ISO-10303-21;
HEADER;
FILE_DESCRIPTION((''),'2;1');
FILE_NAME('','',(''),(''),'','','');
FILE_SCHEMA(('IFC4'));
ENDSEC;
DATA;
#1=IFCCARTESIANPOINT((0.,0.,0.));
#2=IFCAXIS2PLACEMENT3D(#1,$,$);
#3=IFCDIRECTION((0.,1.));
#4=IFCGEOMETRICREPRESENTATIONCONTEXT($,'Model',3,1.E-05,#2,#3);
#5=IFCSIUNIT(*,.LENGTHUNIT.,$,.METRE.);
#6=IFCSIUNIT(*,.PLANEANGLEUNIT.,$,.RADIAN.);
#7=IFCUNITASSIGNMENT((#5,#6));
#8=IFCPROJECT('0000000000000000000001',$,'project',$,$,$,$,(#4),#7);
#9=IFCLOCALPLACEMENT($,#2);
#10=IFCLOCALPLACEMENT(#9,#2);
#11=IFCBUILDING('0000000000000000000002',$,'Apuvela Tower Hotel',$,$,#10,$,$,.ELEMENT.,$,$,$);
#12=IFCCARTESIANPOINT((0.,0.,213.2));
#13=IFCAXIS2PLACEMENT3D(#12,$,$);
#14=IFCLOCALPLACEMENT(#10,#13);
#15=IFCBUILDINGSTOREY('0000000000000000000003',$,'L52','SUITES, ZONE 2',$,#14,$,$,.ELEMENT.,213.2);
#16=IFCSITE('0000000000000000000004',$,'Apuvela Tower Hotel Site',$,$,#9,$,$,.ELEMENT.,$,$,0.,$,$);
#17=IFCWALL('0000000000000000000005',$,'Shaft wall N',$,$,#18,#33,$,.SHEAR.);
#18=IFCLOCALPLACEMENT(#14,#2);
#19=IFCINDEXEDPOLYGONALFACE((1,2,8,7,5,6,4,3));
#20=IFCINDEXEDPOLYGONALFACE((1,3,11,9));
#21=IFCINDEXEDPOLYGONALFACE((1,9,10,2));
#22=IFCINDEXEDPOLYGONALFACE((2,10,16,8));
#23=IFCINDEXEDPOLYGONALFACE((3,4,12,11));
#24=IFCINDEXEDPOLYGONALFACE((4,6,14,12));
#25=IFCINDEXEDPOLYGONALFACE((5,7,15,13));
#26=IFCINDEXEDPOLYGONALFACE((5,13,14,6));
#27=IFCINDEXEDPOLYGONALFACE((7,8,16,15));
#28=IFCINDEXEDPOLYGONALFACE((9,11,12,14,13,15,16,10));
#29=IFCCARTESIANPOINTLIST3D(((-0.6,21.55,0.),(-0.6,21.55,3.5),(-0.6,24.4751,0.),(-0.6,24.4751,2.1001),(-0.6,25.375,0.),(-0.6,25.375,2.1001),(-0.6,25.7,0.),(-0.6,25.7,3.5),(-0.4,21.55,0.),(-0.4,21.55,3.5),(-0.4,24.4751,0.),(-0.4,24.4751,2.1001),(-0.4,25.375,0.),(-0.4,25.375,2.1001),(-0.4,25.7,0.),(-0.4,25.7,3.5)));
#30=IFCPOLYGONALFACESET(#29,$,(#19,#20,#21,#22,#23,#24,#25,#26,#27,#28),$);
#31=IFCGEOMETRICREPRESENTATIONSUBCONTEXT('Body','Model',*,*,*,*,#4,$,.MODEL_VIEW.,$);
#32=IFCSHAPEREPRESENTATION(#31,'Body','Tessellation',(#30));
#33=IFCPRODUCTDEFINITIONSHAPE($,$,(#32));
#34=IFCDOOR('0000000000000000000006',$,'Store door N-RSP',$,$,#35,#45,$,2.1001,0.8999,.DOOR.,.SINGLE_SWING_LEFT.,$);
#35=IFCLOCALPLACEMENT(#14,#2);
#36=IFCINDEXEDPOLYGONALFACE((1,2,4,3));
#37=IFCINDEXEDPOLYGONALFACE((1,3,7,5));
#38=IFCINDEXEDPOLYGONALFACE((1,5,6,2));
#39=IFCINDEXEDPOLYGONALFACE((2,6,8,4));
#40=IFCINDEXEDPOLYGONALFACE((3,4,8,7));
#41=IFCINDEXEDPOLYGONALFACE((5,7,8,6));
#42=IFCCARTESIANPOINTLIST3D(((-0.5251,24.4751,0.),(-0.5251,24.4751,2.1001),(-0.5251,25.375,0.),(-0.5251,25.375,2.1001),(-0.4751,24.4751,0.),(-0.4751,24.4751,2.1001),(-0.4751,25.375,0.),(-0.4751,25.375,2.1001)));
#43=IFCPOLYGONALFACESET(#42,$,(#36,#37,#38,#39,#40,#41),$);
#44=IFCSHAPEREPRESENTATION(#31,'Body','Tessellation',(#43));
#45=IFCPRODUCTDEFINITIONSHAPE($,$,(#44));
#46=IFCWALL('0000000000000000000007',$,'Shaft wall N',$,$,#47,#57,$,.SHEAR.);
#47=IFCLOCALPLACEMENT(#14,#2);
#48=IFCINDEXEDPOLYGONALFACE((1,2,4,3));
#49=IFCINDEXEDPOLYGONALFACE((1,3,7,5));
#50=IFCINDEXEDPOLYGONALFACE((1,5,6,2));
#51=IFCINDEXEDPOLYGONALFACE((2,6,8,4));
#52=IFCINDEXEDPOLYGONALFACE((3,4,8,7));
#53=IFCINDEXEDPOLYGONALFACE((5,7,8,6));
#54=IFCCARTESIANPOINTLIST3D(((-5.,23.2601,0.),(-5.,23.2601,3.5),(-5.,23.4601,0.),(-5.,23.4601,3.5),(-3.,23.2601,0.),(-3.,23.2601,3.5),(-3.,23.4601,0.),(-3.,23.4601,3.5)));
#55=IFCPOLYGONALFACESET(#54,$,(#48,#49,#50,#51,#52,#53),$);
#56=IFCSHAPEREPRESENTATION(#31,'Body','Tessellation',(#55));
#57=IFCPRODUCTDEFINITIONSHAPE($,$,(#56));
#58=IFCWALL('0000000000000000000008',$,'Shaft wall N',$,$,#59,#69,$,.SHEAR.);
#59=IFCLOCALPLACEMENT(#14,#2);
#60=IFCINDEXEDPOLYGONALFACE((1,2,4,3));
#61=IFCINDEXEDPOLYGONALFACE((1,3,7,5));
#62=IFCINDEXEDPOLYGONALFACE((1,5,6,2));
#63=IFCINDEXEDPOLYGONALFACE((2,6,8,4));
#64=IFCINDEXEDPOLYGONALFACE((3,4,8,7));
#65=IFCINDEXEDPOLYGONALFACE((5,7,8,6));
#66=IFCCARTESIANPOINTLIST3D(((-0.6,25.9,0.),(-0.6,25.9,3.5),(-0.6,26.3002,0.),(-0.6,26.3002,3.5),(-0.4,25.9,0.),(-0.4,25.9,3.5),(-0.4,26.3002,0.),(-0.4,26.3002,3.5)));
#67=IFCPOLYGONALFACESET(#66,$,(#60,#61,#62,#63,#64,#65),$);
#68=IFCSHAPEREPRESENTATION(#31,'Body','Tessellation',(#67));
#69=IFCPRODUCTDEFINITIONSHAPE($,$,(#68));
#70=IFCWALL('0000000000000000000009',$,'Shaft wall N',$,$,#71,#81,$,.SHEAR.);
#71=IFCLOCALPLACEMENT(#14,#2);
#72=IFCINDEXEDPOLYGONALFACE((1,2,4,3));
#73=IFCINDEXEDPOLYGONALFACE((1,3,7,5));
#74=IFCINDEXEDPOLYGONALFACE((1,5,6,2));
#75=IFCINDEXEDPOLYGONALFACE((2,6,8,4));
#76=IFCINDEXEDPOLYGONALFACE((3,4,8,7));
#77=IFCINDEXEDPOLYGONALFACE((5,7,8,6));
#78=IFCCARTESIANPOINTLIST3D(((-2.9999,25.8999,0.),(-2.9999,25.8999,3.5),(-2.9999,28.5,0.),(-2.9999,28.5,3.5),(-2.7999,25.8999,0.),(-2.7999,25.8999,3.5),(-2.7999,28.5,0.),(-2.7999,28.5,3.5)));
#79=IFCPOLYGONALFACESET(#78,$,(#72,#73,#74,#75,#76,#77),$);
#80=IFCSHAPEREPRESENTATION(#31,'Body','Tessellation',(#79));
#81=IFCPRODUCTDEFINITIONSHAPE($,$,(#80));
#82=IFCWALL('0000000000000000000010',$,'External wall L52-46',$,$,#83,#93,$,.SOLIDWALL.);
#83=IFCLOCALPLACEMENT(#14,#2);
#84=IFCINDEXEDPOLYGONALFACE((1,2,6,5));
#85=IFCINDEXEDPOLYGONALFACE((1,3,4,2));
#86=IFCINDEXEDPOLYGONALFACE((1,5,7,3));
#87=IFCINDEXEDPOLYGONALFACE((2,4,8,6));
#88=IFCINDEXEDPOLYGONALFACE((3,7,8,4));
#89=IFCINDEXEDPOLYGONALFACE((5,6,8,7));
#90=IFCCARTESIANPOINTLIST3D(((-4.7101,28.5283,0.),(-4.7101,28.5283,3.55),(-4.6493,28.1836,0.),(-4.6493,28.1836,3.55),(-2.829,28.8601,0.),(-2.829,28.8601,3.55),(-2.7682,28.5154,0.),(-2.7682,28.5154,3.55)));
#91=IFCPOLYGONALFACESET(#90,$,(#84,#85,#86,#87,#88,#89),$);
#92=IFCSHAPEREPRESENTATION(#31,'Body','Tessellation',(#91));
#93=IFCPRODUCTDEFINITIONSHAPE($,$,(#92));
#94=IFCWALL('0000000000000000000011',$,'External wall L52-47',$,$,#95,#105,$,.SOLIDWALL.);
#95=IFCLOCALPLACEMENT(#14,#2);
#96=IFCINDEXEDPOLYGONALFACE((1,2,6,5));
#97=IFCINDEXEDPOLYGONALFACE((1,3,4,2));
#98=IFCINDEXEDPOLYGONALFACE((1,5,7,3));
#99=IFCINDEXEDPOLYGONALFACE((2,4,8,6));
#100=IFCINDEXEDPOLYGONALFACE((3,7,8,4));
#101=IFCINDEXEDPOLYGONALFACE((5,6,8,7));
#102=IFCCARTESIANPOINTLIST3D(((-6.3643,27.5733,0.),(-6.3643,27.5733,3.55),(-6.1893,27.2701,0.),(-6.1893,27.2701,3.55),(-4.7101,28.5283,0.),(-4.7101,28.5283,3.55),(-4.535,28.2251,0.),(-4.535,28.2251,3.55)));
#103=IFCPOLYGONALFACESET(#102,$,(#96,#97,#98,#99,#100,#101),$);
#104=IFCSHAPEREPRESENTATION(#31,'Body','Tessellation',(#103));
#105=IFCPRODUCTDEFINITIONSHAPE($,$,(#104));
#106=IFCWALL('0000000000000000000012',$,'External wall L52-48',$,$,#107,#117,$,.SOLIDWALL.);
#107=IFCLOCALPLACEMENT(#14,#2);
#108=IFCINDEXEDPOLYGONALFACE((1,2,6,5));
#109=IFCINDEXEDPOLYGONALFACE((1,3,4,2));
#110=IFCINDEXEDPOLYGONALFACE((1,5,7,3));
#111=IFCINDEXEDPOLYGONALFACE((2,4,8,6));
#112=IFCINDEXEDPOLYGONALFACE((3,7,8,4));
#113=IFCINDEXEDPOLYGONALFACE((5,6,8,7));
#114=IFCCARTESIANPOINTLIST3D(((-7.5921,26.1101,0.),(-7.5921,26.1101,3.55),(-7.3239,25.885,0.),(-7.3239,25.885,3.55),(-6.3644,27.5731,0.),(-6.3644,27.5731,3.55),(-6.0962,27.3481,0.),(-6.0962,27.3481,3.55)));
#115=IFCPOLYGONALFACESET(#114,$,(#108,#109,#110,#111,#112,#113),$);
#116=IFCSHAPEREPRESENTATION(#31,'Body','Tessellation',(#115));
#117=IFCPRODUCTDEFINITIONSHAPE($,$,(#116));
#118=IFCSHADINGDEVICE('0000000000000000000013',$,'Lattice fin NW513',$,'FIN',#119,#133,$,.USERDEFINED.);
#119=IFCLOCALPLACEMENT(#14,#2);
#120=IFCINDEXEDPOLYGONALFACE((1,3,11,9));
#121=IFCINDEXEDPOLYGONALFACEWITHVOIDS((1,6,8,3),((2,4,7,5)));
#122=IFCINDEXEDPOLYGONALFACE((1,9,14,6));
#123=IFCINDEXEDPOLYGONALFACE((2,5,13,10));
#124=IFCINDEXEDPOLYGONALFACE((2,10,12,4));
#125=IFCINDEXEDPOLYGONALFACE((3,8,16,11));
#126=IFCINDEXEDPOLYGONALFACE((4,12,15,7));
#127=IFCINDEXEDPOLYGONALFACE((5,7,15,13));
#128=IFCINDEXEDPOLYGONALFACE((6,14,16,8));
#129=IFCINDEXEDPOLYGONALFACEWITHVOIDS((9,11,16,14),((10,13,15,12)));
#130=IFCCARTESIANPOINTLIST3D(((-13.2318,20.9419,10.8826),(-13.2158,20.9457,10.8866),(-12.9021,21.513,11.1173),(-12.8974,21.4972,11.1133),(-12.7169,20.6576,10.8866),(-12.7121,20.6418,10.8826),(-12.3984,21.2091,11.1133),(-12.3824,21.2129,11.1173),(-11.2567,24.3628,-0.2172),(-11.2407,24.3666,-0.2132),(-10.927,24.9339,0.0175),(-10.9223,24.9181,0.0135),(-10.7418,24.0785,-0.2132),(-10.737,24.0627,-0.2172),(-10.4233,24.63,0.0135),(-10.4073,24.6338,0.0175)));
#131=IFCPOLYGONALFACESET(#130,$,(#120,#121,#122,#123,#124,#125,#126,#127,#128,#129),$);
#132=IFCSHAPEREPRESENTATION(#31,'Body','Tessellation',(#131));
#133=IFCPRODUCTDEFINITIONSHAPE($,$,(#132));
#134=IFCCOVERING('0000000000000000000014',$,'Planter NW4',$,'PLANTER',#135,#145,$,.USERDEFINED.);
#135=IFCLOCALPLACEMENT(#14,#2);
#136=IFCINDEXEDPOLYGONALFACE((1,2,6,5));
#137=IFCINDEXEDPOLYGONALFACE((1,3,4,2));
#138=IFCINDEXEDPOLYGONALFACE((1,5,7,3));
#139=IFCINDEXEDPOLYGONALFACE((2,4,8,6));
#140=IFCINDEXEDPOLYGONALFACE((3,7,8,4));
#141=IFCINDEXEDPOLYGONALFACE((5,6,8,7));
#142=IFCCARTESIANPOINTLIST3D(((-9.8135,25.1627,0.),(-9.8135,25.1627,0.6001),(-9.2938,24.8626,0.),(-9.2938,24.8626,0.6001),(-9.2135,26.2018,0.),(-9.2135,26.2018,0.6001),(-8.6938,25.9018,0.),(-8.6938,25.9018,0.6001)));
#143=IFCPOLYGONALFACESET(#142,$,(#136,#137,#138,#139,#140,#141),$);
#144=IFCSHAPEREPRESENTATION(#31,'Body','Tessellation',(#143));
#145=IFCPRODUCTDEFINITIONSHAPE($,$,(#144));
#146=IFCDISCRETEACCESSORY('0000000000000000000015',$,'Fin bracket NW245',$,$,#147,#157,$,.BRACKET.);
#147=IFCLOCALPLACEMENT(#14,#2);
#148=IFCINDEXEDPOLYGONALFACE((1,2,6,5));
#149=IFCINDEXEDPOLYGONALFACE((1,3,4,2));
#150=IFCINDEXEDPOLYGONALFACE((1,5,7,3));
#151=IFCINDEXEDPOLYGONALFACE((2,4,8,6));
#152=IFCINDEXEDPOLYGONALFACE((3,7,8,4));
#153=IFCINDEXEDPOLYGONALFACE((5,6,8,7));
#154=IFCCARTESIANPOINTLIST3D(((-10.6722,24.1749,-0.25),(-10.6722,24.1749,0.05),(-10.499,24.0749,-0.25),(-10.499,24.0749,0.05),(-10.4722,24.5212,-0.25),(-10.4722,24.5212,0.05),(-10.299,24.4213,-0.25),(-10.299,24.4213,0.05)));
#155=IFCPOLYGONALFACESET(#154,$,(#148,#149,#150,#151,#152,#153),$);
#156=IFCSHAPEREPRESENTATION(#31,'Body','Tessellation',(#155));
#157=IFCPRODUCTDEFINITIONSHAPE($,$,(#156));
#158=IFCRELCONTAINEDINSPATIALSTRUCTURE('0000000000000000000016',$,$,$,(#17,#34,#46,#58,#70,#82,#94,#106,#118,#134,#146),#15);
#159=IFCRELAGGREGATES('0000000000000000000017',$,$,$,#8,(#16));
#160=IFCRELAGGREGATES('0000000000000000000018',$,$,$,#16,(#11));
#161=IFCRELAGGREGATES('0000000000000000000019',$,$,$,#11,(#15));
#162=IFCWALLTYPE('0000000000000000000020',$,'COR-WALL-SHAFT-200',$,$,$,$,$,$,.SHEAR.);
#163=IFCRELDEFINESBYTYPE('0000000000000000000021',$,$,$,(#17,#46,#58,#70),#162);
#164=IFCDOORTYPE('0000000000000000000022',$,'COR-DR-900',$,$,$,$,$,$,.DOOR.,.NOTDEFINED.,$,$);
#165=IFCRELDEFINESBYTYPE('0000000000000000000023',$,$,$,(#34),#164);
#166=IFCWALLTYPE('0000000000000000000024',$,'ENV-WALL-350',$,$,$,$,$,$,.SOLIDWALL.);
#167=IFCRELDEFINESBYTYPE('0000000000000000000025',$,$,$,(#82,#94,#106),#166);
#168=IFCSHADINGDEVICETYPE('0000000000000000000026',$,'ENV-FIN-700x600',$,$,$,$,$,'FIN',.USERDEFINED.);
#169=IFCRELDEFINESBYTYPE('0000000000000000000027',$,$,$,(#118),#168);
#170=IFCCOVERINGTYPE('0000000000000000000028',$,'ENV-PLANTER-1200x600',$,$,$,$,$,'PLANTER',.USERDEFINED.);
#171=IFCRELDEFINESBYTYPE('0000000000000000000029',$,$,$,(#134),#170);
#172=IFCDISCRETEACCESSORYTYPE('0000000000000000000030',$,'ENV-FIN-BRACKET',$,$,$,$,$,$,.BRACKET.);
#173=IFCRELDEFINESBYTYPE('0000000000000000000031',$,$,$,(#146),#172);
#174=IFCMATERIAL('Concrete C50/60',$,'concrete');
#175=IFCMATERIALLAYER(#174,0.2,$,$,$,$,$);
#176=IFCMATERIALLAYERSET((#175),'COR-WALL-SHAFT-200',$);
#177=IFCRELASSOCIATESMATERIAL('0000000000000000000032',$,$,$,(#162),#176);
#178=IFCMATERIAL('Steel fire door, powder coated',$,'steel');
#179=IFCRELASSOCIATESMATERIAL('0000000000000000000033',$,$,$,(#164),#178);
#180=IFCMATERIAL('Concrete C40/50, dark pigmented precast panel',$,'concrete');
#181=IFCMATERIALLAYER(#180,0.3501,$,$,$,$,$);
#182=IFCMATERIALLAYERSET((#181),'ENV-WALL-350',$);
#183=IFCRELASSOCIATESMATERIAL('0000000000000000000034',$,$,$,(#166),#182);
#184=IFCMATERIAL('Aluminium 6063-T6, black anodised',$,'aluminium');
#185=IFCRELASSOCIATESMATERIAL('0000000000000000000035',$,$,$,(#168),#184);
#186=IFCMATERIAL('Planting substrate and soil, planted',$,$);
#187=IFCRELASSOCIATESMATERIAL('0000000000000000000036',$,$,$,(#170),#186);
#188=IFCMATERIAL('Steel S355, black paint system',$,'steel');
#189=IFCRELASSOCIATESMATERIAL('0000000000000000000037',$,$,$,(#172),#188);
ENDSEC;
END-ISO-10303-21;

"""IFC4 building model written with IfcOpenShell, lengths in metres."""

from ifc_helpers import new_model, si_unit, direction, frame, frame_2d, origin, origin_2d, place, context, subcontext, project, spatial, rectangle, hollow_rectangle, extrude, material, layer, layer_set, material_profile, profile_set, type_object, element, fill, save


model = new_model("IFC4")

# Units and contexts
model_context = context("Model", 3, precision=1e-05, world=origin(), true_north=direction((0.0, 1.0)))
body_context = subcontext(model_context, "Body", "Model", "MODEL_VIEW")
ifc_project = project(units=[si_unit("LENGTHUNIT", "METRE"), si_unit("PLANEANGLEUNIT", "RADIAN")], contexts=[model_context])

# Site, building, storey
site_placement = place(None, origin())
site = spatial("IfcSite", under=ifc_project, at=site_placement, Name="Apuvela Tower Hotel Site", CompositionType="ELEMENT", RefElevation=0.0)
building_placement = place(site_placement, origin())
building = spatial("IfcBuilding", under=site, at=building_placement, Name="Apuvela Tower Hotel", CompositionType="ELEMENT")
storey_placement = place(building_placement, frame((0.0, 0.0, 213.2)))
storey = spatial("IfcBuildingStorey", under=building, at=storey_placement, Name="L52", Description="SUITES, ZONE 2", CompositionType="ELEMENT", Elevation=213.2)

# Shared definitions
ifc_material_1 = material(Name="Concrete C50/60", Category="concrete")
ifc_layer_1 = layer(ifc_material_1, 0.2)
ifc_layer_set_1 = layer_set([ifc_layer_1], Name="COR-WALL-SHAFT-200")
wall_type_1 = type_object("IfcWallType", Name="COR-WALL-SHAFT-200", PredefinedType="SHEAR", material=ifc_layer_set_1)

# Wall, opening, door
wall_1_placement = place(storey_placement, frame((-0.5, 21.55, 0.0), z_axis=(0.0, 0.0, 1.0), x_axis=(0.0, 1.0, 0.0)))
wall_1 = element("IfcWall", 1, at=wall_1_placement, inside=storey, type_object=wall_type_1, Name="Shaft wall N", PredefinedType="SHEAR", context=body_context, shape_type="SweptSolid", body=[
    extrude(rectangle(XDim=4.1499, YDim=0.2, at=frame_2d((2.075, 0.0))), origin(), (0.0, 0.0, 1.0), 3.5),
])
opening_1_placement = place(wall_1_placement, frame((2.925, 0.0, 0.0)))
opening_1 = element("IfcOpeningElement", 2, at=opening_1_placement, cuts=wall_1, PredefinedType="OPENING", context=body_context, shape_type="SweptSolid", body=[
    extrude(rectangle(XDim=0.8999, YDim=2.1001, at=frame_2d((0.45, 1.05))), frame((0.0, 0.1099, 0.0), z_axis=(0.0, -1.0, 0.0), x_axis=(1.0, 0.0, 0.0)), (0.0, 0.0, 1.0), 0.22),
])
ifc_material_2 = material(Name="Steel fire door, powder coated", Category="steel")
door_type_1 = type_object("IfcDoorType", Name="COR-DR-900", OperationType="NOTDEFINED", PredefinedType="DOOR", material=ifc_material_2)
door_1_placement = place(opening_1_placement, frame((0.8999, 0.0, 0.0), z_axis=(0.0, 0.0, 1.0), x_axis=(-1.0, 0.0, 0.0)))
door_1 = element("IfcDoor", 3, at=door_1_placement, inside=storey, type_object=door_type_1, Name="Store door N-RSP", OperationType="SINGLE_SWING_LEFT", OverallHeight=2.1001, OverallWidth=0.8999, PredefinedType="DOOR", context=body_context, shape_type="SweptSolid", body=[
    extrude(rectangle(XDim=0.8999, YDim=2.1001, at=frame_2d((0.45, 1.05))), frame((0.0, 0.0249, 0.0), z_axis=(0.0, -1.0, 0.0), x_axis=(1.0, 0.0, 0.0)), (0.0, 0.0, 1.0), 0.05),
])
fill(opening_1, door_1)

# Walls
wall_2_placement = place(storey_placement, frame((-3.0, 23.3601, 0.0), z_axis=(0.0, 0.0, 1.0), x_axis=(-1.0, 0.0, 0.0)))
element("IfcWall", 4, at=wall_2_placement, inside=storey, type_object=wall_type_1, Name="Shaft wall N", PredefinedType="SHEAR", context=body_context, shape_type="SweptSolid", body=[
    extrude(rectangle(XDim=2.0, YDim=0.2, at=frame_2d((1.0, 0.0))), origin(), (0.0, 0.0, 1.0), 3.5),
])
wall_3_placement = place(storey_placement, frame((-0.5, 25.8999, 0.0), z_axis=(0.0, 0.0, 1.0), x_axis=(0.0, 1.0, 0.0)))
element("IfcWall", 5, at=wall_3_placement, inside=storey, type_object=wall_type_1, Name="Shaft wall N", PredefinedType="SHEAR", context=body_context, shape_type="SweptSolid", body=[
    extrude(rectangle(XDim=0.4001, YDim=0.2, at=frame_2d((0.2002, 0.0))), origin(), (0.0, 0.0, 1.0), 3.5),
])
wall_4_placement = place(storey_placement, frame((-2.8999, 25.8999, 0.0), z_axis=(0.0, 0.0, 1.0), x_axis=(0.0, 1.0, 0.0)))
element("IfcWall", 6, at=wall_4_placement, inside=storey, type_object=wall_type_1, Name="Shaft wall N", PredefinedType="SHEAR", context=body_context, shape_type="SweptSolid", body=[
    extrude(rectangle(XDim=2.6001, YDim=0.2, at=frame_2d((1.3, 0.0))), origin(), (0.0, 0.0, 1.0), 3.5),
])

# Shared definitions
ifc_material_3 = material(Name="Concrete C40/50, dark pigmented precast panel", Category="concrete")
ifc_layer_2 = layer(ifc_material_3, 0.3501)
ifc_layer_set_2 = layer_set([ifc_layer_2], Name="ENV-WALL-350")
wall_type_2 = type_object("IfcWallType", Name="ENV-WALL-350", PredefinedType="SOLIDWALL", material=ifc_layer_set_2)

# Walls
for number, where, z_axis, x_axis, name in (
    (7, (-2.7986, 28.6877, 0.0), (0.0, 0.0, 1.0), (-0.984799, -0.173698, 0.0), "External wall L52-46"),
    (8, (-4.6226, 28.3767, 0.0), (0.0, 0.0, 1.0), (-0.866032, -0.499988, 0.0), "External wall L52-47"),
):
    element("IfcWall", number, at=place(storey_placement, frame(where, z_axis=z_axis, x_axis=x_axis)), inside=storey, type_object=wall_type_2, Name=name, PredefinedType="SOLIDWALL", context=body_context, shape_type="SweptSolid", body=[
        extrude(rectangle(XDim=1.9102, YDim=0.3501, at=frame_2d((0.9551, 0.0))), origin(), (0.0, 0.0, 1.0), 3.55),
    ])
wall_5_placement = place(storey_placement, frame((-6.2302, 27.4607, 0.0), z_axis=(0.0, 0.0, 1.0), x_axis=(-0.642808, -0.766027, 0.0)))
element("IfcWall", 9, at=wall_5_placement, inside=storey, type_object=wall_type_2, Name="External wall L52-48", PredefinedType="SOLIDWALL", context=body_context, shape_type="SweptSolid", body=[
    extrude(rectangle(XDim=1.9099, YDim=0.3501, at=frame_2d((0.9551, 0.0))), origin(), (0.0, 0.0, 1.0), 3.55),
])

# Shading device
ifc_material_4 = material(Name="Aluminium 6063-T6, black anodised", Category="aluminium")
ifc_material_profile_1 = material_profile(ifc_material_4, hollow_rectangle(XDim=0.6001, YDim=0.7, WallThickness=0.012, at=origin_2d()), Name="AL BOX 700x600x12")
ifc_profile_set_1 = profile_set([ifc_material_profile_1], Name="Aluminium 6063-T6, black anodised")
shading_device_type = type_object("IfcShadingDeviceType", Name="ENV-FIN-700x600", ElementType="FIN", PredefinedType="USERDEFINED", material=ifc_profile_set_1)
shading_device_placement = place(storey_placement, frame((-10.832, 24.4983, -0.0999), z_axis=(-0.16764, -0.290355, 0.94212), x_axis=(0.866021, -0.500008, 0.0)))
element("IfcShadingDevice", 10, at=shading_device_placement, inside=storey, type_object=shading_device_type, Name="Lattice fin NW513", ObjectType="FIN", PredefinedType="USERDEFINED", context=body_context, shape_type="SweptSolid", body=[
    extrude(hollow_rectangle(XDim=0.6001, YDim=0.7, WallThickness=0.012, at=origin_2d()), origin(), (0.0, 0.0, 1.0), 11.7817),
])

# Covering
ifc_material_5 = material(Name="Planting substrate and soil, planted")
covering_type = type_object("IfcCoveringType", Name="ENV-PLANTER-1200x600", ElementType="PLANTER", PredefinedType="USERDEFINED", material=ifc_material_5)
covering_placement = place(storey_placement, frame((-9.2537, 25.5322, 0.0), z_axis=(0.0, 0.0, 1.0), x_axis=(-0.5, -0.866025, 0.0)))
element("IfcCovering", 11, at=covering_placement, inside=storey, type_object=covering_type, Name="Planter NW4", ObjectType="PLANTER", PredefinedType="USERDEFINED", context=body_context, shape_type="SweptSolid", body=[
    extrude(rectangle(XDim=1.2, YDim=0.6001, at=origin_2d()), origin(), (0.0, 0.0, 1.0), 0.6001),
])

# Discrete accessory
ifc_material_6 = material(Name="Steel S355, black paint system", Category="steel")
discrete_accessory_type = type_object("IfcDiscreteAccessoryType", Name="ENV-FIN-BRACKET", PredefinedType="BRACKET", material=ifc_material_6)
discrete_accessory_placement = place(storey_placement, frame((-10.4856, 24.2981, -0.25), z_axis=(0.0, 0.0, 1.0), x_axis=(-0.5, -0.866025, 0.0)))
element("IfcDiscreteAccessory", 12, at=discrete_accessory_placement, inside=storey, type_object=discrete_accessory_type, Name="Fin bracket NW245", PredefinedType="BRACKET", context=body_context, shape_type="SweptSolid", body=[
    extrude(rectangle(XDim=0.3999, YDim=0.2, at=origin_2d()), origin(), (0.0, 0.0, 1.0), 0.3),
])

save(model, "model.ifc")
